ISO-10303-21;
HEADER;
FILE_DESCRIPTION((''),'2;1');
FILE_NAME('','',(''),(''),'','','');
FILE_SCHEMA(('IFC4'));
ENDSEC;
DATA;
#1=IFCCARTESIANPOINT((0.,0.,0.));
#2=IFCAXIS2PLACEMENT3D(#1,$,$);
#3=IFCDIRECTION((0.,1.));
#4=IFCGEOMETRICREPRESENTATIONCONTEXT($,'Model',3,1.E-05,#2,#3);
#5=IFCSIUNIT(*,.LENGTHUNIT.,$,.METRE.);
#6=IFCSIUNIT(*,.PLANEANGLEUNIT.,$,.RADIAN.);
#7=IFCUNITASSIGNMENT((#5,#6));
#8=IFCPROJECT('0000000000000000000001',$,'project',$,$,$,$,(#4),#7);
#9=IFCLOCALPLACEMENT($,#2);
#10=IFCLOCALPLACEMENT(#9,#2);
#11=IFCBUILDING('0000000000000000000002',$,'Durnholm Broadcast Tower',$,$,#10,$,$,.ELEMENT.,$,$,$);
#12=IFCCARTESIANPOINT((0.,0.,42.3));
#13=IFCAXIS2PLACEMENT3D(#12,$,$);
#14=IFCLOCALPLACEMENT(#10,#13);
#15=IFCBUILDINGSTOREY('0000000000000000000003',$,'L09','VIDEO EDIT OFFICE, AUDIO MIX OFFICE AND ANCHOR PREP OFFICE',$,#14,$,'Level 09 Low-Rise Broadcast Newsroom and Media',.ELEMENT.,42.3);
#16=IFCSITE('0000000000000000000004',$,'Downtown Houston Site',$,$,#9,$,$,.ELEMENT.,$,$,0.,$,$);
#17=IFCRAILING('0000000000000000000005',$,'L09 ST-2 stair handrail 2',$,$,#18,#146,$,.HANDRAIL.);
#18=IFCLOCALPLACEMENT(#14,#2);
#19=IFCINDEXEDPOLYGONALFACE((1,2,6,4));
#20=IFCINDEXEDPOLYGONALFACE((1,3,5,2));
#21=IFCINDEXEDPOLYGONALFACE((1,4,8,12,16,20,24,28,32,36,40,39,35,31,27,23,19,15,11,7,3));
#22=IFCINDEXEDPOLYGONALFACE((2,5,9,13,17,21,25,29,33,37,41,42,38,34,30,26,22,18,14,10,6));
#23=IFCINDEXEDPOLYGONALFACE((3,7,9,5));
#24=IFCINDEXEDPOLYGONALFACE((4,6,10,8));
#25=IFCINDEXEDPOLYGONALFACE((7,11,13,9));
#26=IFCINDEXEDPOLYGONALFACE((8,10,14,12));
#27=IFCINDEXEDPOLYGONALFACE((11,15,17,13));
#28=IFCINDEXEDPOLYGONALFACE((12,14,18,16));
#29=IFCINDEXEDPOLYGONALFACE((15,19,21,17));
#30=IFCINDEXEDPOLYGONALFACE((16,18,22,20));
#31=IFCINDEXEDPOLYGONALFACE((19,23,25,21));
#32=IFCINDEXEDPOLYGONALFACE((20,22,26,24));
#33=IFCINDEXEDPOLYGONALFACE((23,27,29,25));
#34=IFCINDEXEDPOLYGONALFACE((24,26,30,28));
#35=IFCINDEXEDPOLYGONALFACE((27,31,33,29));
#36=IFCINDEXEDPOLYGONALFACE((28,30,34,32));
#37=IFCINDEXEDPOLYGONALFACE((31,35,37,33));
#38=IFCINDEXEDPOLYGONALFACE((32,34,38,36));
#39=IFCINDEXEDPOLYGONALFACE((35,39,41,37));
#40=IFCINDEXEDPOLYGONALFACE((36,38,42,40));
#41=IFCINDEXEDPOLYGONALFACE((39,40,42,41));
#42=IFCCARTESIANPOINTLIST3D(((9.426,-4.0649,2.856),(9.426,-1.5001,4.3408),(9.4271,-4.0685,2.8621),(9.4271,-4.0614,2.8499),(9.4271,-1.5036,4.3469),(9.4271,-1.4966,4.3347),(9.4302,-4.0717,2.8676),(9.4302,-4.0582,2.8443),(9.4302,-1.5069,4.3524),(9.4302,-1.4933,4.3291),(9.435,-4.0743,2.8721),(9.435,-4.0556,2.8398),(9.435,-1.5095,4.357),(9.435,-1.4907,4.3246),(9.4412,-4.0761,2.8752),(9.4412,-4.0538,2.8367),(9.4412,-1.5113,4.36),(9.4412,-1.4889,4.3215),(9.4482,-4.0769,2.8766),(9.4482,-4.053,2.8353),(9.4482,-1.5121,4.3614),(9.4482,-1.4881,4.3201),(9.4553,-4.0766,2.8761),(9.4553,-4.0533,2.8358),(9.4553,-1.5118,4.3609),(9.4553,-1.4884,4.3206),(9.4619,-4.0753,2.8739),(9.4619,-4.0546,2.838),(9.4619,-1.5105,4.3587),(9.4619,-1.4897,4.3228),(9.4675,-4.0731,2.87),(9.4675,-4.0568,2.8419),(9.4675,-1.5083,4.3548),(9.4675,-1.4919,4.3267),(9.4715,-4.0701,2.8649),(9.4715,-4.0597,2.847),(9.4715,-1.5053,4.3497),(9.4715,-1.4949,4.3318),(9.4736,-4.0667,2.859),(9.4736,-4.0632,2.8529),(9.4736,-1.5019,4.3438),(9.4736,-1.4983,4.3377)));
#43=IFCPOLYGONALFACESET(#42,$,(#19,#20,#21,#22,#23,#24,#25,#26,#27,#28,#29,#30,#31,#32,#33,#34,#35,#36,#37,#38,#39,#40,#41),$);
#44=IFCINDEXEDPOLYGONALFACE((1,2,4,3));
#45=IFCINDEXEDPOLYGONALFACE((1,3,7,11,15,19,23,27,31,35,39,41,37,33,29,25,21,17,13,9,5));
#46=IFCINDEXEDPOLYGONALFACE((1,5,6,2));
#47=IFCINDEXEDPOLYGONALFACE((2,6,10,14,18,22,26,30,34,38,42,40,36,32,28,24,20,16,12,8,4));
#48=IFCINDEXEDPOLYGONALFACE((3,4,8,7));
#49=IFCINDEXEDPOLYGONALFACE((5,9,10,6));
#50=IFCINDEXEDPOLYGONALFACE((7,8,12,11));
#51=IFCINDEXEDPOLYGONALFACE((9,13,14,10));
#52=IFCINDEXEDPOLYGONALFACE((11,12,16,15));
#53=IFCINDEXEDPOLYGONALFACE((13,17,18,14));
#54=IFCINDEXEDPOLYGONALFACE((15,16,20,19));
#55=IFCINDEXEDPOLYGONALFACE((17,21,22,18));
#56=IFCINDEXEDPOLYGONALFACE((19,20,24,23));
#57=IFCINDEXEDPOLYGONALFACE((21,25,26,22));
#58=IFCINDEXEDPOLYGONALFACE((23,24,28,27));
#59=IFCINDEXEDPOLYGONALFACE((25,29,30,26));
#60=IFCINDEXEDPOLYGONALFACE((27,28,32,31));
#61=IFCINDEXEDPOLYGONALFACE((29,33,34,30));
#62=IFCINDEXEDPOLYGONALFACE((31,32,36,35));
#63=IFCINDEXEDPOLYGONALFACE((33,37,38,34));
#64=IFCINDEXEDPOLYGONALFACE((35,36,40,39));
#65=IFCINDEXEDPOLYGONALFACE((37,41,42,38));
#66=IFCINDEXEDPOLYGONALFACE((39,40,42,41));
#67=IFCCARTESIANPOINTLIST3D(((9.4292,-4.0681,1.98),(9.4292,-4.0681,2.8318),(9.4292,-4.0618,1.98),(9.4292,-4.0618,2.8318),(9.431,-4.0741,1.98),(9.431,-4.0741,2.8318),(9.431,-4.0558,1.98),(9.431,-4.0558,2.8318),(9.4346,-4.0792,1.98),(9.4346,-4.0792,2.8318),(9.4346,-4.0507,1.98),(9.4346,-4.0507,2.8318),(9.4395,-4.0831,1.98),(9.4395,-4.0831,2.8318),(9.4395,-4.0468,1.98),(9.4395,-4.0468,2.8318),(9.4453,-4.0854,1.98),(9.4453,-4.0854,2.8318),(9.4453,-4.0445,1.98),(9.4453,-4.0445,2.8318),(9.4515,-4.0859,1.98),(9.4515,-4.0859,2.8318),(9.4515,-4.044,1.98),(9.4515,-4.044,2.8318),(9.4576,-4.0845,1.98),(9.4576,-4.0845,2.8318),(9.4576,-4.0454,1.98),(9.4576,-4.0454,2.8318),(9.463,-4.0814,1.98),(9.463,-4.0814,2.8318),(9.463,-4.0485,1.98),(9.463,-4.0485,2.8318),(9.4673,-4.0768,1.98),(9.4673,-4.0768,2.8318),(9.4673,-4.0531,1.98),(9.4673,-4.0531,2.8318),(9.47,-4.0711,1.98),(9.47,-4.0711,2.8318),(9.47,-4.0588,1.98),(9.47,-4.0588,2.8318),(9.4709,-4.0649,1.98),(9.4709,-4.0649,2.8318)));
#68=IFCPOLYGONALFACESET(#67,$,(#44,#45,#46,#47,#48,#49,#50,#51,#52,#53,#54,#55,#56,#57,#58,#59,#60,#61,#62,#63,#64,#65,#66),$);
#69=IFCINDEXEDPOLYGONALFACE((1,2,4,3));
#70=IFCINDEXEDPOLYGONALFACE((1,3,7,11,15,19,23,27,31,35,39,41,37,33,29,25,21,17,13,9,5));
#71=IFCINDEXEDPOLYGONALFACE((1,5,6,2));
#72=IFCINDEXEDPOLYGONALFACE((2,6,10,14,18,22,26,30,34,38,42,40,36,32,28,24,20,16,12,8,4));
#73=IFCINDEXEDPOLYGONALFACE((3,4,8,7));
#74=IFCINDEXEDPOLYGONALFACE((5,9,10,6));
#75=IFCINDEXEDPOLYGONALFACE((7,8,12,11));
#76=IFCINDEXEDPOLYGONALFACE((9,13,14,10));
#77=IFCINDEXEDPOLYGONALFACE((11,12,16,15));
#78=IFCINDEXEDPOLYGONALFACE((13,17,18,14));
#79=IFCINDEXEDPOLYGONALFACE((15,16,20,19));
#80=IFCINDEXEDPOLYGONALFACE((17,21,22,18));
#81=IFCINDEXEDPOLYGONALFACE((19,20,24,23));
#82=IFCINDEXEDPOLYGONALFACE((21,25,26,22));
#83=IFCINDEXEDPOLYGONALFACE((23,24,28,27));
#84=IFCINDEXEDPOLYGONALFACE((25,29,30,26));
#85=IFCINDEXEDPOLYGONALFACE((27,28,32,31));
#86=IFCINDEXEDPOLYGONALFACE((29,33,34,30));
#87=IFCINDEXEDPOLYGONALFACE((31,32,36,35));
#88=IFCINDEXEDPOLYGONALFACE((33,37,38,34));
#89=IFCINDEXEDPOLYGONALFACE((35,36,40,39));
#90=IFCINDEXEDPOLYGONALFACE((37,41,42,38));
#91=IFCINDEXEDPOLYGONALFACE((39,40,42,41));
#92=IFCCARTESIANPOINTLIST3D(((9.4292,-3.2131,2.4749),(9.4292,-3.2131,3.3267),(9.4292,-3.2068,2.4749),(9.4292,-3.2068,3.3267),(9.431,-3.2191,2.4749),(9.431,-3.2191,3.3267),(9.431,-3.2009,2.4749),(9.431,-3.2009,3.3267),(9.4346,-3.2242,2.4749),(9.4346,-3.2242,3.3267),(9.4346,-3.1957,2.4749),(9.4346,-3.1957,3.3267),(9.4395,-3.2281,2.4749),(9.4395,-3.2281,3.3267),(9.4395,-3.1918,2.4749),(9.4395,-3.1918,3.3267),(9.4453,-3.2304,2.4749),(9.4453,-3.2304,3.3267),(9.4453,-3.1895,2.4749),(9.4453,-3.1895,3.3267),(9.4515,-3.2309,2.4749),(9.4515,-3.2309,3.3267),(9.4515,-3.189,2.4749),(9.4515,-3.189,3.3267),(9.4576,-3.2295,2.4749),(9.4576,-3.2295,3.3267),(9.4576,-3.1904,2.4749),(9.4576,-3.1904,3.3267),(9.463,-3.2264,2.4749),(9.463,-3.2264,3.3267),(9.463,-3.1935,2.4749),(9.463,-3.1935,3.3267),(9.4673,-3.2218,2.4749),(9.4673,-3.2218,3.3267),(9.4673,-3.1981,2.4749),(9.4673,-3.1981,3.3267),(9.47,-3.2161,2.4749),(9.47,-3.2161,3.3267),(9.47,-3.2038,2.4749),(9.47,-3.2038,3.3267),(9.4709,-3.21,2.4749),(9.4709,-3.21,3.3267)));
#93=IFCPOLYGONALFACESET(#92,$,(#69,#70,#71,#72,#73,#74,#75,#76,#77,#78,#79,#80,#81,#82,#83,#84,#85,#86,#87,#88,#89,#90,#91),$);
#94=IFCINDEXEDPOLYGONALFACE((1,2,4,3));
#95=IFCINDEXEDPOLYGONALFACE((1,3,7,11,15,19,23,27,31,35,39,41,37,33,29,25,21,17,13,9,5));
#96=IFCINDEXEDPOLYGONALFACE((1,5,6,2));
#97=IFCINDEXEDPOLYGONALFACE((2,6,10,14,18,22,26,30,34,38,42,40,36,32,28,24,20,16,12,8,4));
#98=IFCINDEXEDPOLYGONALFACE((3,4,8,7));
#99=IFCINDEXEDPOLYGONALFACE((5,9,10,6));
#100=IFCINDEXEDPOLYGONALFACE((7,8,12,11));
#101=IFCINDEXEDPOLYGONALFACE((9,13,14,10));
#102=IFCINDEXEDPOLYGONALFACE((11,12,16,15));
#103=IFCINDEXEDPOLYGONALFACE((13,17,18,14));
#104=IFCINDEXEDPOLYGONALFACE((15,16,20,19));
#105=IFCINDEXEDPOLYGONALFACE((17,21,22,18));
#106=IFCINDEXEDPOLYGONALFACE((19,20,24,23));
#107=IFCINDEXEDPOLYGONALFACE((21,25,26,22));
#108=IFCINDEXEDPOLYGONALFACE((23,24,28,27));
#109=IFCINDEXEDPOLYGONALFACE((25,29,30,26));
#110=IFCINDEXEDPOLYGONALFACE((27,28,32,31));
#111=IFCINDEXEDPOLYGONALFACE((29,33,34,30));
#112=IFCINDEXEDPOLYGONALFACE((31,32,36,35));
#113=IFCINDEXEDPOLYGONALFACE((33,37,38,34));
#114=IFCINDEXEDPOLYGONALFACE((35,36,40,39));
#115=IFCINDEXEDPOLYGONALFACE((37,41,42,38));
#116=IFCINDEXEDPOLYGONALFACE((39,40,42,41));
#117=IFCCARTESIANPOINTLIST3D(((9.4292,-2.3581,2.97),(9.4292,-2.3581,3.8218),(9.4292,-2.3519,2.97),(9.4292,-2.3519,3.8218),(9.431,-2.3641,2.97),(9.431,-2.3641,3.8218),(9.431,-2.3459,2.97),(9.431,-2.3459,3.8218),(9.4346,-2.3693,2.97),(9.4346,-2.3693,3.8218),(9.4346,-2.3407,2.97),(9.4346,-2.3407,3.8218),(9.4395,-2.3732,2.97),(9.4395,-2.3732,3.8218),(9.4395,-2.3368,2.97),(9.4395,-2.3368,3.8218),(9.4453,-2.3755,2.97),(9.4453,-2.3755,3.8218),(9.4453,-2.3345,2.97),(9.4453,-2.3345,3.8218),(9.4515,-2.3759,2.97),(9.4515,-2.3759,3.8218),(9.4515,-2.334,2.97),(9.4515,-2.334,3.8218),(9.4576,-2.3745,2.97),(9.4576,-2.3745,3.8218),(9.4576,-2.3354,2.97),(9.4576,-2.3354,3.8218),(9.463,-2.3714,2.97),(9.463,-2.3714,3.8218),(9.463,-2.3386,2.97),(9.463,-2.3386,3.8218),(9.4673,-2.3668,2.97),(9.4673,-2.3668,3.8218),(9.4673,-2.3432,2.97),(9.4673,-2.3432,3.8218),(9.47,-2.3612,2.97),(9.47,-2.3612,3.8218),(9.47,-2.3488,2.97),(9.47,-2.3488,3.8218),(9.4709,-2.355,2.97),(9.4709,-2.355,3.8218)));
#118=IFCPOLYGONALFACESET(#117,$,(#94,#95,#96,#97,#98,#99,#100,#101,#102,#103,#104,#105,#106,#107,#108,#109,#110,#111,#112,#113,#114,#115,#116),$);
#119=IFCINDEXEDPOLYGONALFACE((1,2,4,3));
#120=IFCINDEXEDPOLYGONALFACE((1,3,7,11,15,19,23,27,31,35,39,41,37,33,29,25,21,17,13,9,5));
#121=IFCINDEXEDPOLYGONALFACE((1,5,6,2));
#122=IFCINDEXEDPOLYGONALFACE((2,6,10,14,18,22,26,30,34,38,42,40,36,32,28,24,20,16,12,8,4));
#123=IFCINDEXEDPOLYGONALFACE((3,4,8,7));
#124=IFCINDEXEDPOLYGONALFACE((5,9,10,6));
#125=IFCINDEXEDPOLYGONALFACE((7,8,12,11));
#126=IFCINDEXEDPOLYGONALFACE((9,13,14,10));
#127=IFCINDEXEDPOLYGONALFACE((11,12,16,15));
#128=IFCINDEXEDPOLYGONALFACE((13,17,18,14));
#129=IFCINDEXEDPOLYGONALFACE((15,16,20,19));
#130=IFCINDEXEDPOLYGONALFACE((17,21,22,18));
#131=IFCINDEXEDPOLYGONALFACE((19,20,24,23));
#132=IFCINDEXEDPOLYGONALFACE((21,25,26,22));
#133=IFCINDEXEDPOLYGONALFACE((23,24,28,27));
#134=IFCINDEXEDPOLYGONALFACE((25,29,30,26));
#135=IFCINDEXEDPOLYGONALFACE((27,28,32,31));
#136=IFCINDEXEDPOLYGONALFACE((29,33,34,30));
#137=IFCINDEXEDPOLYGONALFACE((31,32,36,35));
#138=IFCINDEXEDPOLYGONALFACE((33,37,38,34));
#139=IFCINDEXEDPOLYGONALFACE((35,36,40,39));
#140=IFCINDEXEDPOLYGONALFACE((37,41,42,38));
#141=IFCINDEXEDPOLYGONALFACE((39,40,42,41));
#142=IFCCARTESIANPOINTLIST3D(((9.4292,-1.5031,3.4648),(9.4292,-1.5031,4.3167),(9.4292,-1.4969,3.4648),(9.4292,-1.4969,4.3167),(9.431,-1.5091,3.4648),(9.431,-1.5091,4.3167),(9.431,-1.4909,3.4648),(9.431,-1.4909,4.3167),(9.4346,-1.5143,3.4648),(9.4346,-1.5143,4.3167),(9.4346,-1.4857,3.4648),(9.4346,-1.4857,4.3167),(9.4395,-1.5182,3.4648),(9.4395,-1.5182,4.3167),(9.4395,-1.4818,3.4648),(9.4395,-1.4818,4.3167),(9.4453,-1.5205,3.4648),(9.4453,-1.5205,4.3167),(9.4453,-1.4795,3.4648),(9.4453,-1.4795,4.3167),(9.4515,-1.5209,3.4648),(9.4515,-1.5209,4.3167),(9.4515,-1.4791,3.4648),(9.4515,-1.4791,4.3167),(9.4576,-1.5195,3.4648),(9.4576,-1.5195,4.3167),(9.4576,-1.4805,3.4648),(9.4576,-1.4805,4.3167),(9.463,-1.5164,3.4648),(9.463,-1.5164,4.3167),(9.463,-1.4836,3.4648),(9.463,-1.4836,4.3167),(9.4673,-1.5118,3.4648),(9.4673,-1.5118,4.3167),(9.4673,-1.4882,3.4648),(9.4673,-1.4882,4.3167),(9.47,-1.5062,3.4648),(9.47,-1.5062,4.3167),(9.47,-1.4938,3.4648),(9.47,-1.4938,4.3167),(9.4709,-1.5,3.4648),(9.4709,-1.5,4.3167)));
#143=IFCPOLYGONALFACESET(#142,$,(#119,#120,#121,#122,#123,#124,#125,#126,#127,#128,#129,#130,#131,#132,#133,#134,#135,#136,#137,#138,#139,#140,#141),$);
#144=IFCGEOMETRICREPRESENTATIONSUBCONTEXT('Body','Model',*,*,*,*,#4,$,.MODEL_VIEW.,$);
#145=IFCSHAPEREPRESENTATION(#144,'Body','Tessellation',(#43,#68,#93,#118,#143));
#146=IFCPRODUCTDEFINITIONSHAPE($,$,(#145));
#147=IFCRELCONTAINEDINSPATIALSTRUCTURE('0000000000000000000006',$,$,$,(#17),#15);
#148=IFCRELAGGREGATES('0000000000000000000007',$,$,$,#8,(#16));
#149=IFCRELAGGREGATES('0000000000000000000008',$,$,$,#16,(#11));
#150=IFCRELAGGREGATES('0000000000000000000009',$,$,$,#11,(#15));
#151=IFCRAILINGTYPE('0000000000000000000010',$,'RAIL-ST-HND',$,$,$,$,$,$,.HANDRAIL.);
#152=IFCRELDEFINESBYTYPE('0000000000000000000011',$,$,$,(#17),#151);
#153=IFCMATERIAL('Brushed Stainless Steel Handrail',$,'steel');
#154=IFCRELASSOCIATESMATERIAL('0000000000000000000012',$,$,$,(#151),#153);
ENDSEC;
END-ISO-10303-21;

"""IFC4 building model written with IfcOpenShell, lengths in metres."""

from ifc_helpers import new_model, si_unit, direction, frame, origin, origin_2d, place, context, subcontext, project, spatial, circle, extrude, material, type_object, element, save


model = new_model("IFC4")

# Units and contexts
model_context = context("Model", 3, precision=1e-05, world=origin(), true_north=direction((0.0, 1.0)))
body_context = subcontext(model_context, "Body", "Model", "MODEL_VIEW")
ifc_project = project(units=[si_unit("LENGTHUNIT", "METRE"), si_unit("PLANEANGLEUNIT", "RADIAN")], contexts=[model_context])

# Site, building, storey
site_placement = place(None, origin())
site = spatial("IfcSite", under=ifc_project, at=site_placement, Name="Downtown Houston Site", CompositionType="ELEMENT", RefElevation=0.0)
building_placement = place(site_placement, origin())
building = spatial("IfcBuilding", under=site, at=building_placement, Name="Durnholm Broadcast Tower", CompositionType="ELEMENT")
storey_placement = place(building_placement, frame((0.0, 0.0, 42.3)))
storey = spatial("IfcBuildingStorey", under=building, at=storey_placement, Name="L09", Description="VIDEO EDIT OFFICE, AUDIO MIX OFFICE AND ANCHOR PREP OFFICE", LongName="Level 09 Low-Rise Broadcast Newsroom and Media", CompositionType="ELEMENT", Elevation=42.3)

# Railing
ifc_material_1 = material(Name="Brushed Stainless Steel Handrail", Category="steel")
railing_type_1 = type_object("IfcRailingType", Name="RAIL-ST-HND", PredefinedType="HANDRAIL", material=ifc_material_1)
railing_1_placement = place(storey_placement, frame((9.45, -4.0649, 1.98)))
element("IfcRailing", 1, at=railing_1_placement, inside=storey, type_object=railing_type_1, Name="L09 ST-2 stair handrail 2", PredefinedType="HANDRAIL", context=body_context, shape_type="SweptSolid", body=[
    extrude(circle(Radius=0.0239, at=origin_2d()), frame((0.0, 0.0, 0.876), z_axis=(0.0, 0.865441, 0.50101), x_axis=(-1.0, 0.0, 0.0)), (0.0, 0.0, 1.0), 2.9636),
    extrude(circle(Radius=0.021, at=origin_2d()), origin(), (0.0, 0.0, 1.0), 0.8518),
    extrude(circle(Radius=0.021, at=origin_2d()), frame((0.0, 0.855, 0.4949)), (0.0, 0.0, 1.0), 0.8518),
    extrude(circle(Radius=0.021, at=origin_2d()), frame((0.0, 1.71, 0.99)), (0.0, 0.0, 1.0), 0.8518),
    extrude(circle(Radius=0.021, at=origin_2d()), frame((0.0, 2.5649, 1.4849)), (0.0, 0.0, 1.0), 0.8518),
])

save(model, "model.ifc")
